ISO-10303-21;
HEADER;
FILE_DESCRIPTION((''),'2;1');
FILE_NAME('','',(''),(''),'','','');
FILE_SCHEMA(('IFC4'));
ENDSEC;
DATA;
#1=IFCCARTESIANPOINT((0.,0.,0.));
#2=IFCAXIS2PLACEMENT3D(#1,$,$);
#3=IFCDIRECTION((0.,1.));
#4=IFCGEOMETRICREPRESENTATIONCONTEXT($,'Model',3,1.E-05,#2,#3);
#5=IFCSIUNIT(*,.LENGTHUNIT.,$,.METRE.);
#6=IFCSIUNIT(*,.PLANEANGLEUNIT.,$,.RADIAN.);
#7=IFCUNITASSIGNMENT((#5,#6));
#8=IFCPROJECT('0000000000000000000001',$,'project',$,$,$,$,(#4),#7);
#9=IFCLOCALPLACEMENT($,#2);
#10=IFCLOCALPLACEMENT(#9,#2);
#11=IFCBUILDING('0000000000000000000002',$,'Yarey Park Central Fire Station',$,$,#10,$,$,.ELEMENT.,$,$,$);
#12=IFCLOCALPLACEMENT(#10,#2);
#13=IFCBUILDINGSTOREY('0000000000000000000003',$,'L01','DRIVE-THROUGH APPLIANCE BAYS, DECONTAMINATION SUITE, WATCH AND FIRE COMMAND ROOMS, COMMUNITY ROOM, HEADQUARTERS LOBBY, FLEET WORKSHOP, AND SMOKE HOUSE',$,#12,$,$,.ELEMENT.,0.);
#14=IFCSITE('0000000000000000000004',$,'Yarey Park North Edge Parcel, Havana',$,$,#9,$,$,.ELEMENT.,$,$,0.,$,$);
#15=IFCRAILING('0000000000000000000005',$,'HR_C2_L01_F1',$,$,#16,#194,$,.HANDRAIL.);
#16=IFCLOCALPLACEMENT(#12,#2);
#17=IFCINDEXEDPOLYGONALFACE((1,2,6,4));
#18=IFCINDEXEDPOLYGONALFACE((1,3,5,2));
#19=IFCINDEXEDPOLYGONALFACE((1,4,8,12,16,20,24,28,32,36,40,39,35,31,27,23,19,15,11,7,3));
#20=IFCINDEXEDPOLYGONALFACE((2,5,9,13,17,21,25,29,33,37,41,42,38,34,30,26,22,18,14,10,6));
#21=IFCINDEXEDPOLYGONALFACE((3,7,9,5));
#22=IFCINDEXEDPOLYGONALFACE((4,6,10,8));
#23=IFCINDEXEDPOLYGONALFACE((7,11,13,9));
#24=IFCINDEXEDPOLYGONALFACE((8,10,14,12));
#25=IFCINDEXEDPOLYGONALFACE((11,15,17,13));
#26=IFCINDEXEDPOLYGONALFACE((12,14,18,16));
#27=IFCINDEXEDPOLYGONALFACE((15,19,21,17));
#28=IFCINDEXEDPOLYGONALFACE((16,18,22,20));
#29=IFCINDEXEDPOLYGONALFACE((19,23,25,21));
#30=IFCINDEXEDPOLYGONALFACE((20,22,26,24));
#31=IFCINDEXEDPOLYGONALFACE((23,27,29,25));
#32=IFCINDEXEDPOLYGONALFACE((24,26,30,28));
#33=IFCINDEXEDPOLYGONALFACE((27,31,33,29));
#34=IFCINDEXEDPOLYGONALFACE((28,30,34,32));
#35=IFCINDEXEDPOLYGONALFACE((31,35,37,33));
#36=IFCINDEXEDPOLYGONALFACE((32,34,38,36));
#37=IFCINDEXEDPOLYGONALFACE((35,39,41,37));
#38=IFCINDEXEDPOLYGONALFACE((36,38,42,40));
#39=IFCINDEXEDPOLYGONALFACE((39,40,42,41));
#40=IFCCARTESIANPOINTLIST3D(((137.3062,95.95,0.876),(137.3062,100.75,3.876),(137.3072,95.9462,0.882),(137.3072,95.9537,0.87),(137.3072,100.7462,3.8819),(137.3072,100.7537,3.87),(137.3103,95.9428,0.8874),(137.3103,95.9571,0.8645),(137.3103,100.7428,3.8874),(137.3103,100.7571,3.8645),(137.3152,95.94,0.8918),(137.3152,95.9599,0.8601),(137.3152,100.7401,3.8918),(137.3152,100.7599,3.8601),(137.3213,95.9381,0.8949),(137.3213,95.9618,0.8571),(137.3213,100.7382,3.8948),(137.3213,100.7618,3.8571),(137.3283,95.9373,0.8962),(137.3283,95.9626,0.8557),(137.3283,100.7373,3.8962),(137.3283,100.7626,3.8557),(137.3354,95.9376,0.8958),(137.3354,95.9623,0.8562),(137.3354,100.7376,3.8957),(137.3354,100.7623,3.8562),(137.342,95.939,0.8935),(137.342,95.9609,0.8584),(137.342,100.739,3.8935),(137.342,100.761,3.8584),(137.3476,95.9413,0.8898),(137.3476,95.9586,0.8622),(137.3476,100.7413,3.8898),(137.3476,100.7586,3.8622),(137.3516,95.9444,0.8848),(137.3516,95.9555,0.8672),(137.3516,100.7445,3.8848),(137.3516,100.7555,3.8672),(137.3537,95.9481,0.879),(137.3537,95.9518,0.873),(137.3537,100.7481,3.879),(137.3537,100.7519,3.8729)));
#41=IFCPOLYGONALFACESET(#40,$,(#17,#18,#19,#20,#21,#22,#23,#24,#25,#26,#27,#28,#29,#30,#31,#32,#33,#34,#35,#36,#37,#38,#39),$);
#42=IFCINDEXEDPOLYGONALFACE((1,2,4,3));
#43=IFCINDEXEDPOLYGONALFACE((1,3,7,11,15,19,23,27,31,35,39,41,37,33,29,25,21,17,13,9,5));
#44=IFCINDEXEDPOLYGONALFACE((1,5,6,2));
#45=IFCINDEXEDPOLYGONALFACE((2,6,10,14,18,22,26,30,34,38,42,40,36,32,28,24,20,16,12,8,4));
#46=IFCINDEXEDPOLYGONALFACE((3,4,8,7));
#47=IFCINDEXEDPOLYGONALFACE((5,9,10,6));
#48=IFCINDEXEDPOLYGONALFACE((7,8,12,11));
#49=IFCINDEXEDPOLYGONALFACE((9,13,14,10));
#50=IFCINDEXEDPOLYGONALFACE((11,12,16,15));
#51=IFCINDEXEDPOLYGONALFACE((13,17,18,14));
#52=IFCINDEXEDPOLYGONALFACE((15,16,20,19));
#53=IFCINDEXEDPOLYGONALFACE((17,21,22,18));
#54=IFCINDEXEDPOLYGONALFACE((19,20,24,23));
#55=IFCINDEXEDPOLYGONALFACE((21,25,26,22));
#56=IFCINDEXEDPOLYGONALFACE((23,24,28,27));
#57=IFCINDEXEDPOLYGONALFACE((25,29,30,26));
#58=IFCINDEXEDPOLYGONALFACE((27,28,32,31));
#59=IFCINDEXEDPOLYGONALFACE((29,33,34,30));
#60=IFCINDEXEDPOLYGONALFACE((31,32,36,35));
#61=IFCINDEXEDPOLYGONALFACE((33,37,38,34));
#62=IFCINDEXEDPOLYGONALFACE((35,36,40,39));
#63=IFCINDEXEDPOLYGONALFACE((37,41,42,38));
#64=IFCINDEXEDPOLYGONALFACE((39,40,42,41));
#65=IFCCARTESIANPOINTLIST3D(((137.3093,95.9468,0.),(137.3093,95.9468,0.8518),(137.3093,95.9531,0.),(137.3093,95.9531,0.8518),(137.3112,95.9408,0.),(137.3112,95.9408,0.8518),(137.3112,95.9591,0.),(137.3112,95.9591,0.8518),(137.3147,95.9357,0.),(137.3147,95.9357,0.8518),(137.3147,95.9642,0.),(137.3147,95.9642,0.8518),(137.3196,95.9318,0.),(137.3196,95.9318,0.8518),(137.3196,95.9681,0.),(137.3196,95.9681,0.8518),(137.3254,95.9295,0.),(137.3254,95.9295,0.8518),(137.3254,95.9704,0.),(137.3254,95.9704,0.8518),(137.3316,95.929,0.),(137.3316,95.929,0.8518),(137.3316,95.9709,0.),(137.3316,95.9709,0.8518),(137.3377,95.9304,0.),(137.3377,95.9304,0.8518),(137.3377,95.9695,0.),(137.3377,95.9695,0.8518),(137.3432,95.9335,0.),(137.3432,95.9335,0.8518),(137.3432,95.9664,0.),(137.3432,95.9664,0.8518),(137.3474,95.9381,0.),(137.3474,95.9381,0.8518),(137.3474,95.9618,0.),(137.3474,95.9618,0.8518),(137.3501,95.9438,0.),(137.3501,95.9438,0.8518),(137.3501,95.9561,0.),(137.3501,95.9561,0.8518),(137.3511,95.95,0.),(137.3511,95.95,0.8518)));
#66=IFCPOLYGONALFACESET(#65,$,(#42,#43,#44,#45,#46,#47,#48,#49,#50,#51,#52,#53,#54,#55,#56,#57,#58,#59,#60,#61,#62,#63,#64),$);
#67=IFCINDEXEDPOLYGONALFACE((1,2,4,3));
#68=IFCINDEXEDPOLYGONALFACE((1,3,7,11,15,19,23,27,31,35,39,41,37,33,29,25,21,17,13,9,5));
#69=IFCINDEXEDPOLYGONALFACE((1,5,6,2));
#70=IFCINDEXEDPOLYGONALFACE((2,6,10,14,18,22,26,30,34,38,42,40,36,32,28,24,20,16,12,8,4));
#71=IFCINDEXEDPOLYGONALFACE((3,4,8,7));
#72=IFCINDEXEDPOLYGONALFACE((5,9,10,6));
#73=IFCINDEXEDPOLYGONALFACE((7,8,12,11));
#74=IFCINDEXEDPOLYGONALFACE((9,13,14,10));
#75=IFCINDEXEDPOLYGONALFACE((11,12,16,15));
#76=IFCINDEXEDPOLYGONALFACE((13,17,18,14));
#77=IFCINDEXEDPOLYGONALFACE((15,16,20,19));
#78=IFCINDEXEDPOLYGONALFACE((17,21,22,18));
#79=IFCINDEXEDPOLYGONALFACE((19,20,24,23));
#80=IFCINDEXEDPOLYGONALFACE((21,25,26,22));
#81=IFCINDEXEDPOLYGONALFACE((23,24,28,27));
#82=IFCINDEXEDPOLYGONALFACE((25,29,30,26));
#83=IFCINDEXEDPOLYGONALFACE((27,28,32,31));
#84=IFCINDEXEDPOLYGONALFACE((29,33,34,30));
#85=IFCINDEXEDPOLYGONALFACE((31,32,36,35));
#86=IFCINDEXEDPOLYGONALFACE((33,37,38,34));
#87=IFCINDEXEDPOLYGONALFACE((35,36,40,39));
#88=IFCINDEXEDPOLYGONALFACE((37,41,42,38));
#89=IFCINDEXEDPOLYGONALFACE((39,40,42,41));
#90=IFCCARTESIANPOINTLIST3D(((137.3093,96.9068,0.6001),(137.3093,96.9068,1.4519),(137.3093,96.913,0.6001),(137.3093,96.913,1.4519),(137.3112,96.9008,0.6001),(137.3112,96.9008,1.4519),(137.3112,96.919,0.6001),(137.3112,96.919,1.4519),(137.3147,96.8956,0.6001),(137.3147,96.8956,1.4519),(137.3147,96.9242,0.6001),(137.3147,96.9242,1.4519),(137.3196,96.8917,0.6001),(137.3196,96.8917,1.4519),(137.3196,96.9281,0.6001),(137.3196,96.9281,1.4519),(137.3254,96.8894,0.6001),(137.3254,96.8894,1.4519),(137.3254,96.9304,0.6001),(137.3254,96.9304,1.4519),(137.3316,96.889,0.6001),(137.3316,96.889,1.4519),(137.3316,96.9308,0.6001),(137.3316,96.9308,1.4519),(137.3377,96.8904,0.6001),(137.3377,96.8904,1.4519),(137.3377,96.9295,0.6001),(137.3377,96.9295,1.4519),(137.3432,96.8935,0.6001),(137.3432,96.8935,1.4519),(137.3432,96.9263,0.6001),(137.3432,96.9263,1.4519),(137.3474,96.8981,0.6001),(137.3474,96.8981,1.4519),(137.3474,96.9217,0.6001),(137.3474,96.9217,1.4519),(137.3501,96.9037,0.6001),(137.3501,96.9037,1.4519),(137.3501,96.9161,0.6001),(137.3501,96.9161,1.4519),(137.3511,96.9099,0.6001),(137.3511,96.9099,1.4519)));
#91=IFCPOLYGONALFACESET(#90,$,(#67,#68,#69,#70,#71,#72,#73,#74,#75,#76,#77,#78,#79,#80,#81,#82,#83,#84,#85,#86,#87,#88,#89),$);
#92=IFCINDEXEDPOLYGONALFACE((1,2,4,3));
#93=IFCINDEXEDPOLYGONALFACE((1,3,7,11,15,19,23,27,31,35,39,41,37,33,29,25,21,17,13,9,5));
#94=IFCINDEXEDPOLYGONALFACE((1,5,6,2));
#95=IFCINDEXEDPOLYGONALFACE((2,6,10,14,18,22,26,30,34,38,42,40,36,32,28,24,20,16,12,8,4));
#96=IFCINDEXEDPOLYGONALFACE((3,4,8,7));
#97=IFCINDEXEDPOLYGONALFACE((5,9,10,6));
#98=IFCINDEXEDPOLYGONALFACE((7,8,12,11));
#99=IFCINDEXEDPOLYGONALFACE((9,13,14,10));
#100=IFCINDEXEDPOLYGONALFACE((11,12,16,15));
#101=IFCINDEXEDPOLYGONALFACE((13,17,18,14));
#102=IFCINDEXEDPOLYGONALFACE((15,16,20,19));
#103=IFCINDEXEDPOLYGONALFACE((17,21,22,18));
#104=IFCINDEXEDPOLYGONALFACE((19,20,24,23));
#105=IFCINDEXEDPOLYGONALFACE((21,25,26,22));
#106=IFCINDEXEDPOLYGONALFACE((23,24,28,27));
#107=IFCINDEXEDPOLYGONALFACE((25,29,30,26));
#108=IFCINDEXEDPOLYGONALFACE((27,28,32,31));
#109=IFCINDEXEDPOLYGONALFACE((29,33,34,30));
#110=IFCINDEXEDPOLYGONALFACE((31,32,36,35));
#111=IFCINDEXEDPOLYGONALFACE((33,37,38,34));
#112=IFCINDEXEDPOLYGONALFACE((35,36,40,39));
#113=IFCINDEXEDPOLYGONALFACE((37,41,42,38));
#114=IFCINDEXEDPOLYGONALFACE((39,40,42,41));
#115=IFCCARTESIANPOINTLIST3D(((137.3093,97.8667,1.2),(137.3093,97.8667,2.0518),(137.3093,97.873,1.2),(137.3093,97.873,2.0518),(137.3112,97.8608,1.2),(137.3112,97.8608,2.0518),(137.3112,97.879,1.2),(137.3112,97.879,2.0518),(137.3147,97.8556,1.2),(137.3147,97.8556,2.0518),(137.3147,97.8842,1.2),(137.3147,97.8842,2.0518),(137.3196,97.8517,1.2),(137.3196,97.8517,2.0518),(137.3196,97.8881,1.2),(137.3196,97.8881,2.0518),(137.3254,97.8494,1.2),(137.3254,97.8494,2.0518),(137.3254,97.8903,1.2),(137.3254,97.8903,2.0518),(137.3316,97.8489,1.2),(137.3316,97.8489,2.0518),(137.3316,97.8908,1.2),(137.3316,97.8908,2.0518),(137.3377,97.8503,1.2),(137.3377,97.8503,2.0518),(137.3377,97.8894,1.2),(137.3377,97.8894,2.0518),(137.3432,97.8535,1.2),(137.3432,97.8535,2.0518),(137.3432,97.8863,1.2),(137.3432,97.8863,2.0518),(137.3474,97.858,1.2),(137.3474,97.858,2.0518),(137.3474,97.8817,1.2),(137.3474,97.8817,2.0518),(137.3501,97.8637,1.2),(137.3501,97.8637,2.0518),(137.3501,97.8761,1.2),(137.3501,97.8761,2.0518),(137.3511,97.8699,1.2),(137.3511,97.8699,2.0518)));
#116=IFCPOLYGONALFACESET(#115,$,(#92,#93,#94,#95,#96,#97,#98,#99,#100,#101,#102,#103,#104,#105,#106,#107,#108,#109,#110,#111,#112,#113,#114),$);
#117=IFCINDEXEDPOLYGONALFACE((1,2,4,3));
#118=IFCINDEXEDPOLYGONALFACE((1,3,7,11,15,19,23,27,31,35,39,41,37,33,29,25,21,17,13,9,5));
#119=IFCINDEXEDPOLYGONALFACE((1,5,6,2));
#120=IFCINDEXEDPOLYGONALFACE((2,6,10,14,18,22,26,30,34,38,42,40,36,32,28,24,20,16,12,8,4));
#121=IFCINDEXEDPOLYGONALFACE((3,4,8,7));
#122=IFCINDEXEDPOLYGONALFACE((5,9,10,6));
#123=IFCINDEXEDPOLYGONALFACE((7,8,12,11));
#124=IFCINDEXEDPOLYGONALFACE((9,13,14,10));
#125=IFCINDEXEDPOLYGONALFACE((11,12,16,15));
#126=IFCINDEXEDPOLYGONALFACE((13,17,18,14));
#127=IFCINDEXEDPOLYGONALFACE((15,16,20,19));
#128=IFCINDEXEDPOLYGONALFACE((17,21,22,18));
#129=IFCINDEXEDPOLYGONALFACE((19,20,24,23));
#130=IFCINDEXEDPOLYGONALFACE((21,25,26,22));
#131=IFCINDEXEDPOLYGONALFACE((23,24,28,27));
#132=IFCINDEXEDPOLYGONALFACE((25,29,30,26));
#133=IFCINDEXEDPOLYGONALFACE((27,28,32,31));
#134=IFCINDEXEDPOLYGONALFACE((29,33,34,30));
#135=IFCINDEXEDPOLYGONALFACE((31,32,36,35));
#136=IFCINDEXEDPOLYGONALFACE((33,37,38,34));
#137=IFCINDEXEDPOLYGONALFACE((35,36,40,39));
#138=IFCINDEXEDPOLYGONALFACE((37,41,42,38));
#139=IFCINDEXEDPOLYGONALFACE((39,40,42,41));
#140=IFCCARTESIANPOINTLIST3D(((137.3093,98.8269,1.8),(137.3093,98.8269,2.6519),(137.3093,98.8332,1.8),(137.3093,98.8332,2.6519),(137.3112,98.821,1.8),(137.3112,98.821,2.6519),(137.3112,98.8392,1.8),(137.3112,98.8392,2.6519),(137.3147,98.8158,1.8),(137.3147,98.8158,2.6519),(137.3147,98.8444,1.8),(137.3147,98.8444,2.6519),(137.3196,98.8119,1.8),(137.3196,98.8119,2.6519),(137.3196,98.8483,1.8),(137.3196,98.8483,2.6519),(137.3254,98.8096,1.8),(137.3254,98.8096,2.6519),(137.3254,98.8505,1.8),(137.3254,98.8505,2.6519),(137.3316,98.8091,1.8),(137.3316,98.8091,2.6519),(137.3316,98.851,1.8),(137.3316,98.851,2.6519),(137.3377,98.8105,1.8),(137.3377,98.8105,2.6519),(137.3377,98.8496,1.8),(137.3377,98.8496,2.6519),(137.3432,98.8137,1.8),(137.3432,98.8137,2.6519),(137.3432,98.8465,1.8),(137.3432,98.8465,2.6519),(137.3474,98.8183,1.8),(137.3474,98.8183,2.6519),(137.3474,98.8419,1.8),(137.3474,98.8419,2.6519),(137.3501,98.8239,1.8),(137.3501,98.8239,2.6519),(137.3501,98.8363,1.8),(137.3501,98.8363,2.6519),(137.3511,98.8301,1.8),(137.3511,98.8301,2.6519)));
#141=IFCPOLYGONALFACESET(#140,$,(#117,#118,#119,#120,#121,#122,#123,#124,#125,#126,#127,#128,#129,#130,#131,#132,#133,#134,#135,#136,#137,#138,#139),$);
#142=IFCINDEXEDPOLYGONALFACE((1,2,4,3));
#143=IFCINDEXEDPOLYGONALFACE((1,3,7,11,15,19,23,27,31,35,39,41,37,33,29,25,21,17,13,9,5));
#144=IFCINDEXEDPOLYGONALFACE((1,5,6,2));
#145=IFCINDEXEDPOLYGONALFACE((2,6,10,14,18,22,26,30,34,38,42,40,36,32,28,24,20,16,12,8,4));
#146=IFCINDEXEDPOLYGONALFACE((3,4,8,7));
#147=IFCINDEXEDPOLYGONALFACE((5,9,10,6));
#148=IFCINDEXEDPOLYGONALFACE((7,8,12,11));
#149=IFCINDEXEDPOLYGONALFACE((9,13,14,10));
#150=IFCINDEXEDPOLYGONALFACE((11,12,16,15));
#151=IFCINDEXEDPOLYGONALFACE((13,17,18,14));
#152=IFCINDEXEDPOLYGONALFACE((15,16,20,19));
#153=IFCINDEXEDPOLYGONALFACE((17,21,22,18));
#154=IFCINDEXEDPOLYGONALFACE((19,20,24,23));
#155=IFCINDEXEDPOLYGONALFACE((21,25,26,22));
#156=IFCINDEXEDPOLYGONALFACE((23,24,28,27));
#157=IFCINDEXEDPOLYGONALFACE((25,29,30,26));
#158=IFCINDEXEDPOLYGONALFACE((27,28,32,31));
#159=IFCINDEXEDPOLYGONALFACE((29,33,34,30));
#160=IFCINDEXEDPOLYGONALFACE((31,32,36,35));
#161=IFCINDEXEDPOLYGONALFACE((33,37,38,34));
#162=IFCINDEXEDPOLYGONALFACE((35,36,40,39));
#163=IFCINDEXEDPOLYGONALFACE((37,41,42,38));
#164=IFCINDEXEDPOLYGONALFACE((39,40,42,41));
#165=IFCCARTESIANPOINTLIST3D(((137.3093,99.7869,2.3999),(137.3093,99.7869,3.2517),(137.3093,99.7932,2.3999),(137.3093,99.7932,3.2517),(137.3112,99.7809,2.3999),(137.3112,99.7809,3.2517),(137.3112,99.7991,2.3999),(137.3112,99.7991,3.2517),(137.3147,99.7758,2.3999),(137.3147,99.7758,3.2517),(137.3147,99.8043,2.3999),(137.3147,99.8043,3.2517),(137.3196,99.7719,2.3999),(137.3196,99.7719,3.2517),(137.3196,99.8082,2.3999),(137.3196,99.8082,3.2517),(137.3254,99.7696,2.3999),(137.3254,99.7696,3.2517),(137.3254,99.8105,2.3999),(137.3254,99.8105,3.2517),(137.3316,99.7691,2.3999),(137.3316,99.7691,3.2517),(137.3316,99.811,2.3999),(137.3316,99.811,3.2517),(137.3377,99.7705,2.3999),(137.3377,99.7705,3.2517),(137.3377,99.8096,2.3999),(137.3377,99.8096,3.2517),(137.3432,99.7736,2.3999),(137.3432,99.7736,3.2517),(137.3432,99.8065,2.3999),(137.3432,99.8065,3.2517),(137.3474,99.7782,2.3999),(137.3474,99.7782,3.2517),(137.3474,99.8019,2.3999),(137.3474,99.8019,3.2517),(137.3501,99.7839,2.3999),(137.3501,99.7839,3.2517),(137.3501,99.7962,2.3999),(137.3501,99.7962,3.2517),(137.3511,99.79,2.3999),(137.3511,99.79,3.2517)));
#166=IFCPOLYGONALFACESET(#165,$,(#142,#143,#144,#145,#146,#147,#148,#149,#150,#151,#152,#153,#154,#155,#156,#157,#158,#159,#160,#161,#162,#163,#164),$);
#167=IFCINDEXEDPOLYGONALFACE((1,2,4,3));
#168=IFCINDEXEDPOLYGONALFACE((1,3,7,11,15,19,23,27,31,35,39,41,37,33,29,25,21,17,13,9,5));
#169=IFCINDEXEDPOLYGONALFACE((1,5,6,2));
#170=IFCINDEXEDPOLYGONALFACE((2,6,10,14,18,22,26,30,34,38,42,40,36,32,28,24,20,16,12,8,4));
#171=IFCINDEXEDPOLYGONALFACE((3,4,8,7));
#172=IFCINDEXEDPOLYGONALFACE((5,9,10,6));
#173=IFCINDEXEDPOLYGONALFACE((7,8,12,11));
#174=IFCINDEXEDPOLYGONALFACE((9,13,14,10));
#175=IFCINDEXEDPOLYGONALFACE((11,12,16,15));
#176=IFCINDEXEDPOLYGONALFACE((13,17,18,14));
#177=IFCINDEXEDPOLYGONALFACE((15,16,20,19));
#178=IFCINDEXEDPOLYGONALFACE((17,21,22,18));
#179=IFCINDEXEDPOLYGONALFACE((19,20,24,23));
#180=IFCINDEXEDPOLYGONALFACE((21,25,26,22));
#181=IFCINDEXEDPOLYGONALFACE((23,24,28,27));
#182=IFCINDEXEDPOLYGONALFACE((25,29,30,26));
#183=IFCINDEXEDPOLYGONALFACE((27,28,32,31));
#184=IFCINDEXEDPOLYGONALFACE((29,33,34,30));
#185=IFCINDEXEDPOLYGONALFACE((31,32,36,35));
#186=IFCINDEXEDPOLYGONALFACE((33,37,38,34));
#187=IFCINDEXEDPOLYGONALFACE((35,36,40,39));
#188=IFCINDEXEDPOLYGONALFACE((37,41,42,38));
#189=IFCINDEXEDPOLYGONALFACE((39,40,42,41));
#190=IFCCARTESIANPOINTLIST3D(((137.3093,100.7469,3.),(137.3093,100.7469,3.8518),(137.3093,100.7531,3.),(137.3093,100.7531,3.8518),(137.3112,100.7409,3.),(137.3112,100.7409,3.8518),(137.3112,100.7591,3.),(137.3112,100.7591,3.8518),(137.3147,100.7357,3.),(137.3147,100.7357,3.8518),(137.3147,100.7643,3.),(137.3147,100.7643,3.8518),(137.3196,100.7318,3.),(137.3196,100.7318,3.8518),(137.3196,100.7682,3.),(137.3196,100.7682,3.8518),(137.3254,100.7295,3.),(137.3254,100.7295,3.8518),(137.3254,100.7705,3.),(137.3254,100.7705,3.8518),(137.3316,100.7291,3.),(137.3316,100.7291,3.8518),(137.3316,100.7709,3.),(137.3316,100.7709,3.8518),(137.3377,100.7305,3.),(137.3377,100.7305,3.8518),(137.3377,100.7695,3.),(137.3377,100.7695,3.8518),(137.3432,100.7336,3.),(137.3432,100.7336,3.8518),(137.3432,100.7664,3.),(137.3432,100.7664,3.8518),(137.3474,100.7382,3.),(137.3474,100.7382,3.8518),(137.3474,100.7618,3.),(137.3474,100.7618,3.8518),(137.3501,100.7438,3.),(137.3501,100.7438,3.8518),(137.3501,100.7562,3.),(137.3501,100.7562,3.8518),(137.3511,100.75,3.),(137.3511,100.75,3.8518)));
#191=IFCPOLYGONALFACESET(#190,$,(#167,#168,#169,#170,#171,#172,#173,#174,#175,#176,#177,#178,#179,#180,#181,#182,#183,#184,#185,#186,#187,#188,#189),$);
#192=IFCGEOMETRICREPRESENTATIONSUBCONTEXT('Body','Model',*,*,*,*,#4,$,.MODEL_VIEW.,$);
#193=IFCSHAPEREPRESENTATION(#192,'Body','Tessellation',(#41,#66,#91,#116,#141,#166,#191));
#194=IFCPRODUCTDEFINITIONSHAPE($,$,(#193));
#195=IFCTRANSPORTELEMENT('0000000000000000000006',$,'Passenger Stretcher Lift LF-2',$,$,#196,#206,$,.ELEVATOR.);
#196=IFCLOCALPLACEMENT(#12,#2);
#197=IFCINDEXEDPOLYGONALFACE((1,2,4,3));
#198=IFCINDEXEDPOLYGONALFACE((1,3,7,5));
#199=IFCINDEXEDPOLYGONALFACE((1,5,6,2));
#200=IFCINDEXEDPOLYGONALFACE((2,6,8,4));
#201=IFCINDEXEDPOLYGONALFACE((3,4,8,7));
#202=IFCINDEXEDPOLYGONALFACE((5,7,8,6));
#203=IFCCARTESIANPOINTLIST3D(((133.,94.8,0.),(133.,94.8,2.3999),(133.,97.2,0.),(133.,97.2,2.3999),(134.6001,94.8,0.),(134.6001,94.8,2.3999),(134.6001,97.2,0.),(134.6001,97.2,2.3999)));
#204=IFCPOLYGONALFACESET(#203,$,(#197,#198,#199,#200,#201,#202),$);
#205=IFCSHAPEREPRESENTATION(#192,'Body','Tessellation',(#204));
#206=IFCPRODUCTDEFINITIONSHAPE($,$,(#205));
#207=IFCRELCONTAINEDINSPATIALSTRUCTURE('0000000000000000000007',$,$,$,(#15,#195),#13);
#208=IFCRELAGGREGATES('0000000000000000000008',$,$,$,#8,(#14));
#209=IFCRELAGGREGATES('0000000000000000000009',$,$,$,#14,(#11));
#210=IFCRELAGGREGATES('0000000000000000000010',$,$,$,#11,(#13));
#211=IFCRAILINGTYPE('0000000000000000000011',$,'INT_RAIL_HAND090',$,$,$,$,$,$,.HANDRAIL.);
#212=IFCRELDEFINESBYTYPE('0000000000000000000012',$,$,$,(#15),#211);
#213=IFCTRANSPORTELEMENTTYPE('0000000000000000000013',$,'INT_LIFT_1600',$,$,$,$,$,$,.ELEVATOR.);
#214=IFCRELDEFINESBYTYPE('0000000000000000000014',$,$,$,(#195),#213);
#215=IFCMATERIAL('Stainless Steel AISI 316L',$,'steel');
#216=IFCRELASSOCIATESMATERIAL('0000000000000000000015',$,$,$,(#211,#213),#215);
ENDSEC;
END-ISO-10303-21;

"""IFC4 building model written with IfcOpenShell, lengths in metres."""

from ifc_helpers import new_model, si_unit, direction, frame, origin, origin_2d, place, context, subcontext, project, spatial, rectangle, circle, extrude, material, type_object, element, save


model = new_model("IFC4")

# Units and contexts
model_context = context("Model", 3, precision=1e-05, world=origin(), true_north=direction((0.0, 1.0)))
body_context = subcontext(model_context, "Body", "Model", "MODEL_VIEW")
ifc_project = project(units=[si_unit("LENGTHUNIT", "METRE"), si_unit("PLANEANGLEUNIT", "RADIAN")], contexts=[model_context])

# Site, building, storey
site_placement = place(None, origin())
site = spatial("IfcSite", under=ifc_project, at=site_placement, Name="Yarey Park North Edge Parcel, Havana", CompositionType="ELEMENT", RefElevation=0.0)
building_placement = place(site_placement, origin())
building = spatial("IfcBuilding", under=site, at=building_placement, Name="Yarey Park Central Fire Station", CompositionType="ELEMENT")
storey_placement = place(building_placement, origin())
storey = spatial("IfcBuildingStorey", under=building, at=storey_placement, Name="L01", Description="DRIVE-THROUGH APPLIANCE BAYS, DECONTAMINATION SUITE, WATCH AND FIRE COMMAND ROOMS, COMMUNITY ROOM, HEADQUARTERS LOBBY, FLEET WORKSHOP, AND SMOKE HOUSE", CompositionType="ELEMENT", Elevation=0.0)

# Shared definitions
ifc_material_1 = material(Name="Stainless Steel AISI 316L", Category="steel")

# Railing
railing_type_1 = type_object("IfcRailingType", Name="INT_RAIL_HAND090", PredefinedType="HANDRAIL", material=ifc_material_1)
railing_1_placement = place(storey_placement, frame((137.3301, 95.95, 0.0)))
element("IfcRailing", 1, at=railing_1_placement, inside=storey, type_object=railing_type_1, Name="HR_C2_L01_F1", PredefinedType="HANDRAIL", context=body_context, shape_type="SweptSolid", body=[
    extrude(circle(Radius=0.0239, at=origin_2d()), frame((0.0, 0.0, 0.876), z_axis=(0.0, 0.848001, 0.529995), x_axis=(-1.0, 0.0, 0.0)), (0.0, 0.0, 1.0), 5.6604),
    extrude(circle(Radius=0.021, at=origin_2d()), origin(), (0.0, 0.0, 1.0), 0.8518),
    extrude(circle(Radius=0.021, at=origin_2d()), frame((0.0, 0.96, 0.6001)), (0.0, 0.0, 1.0), 0.8518),
    extrude(circle(Radius=0.021, at=origin_2d()), frame((0.0, 1.9199, 1.2)), (0.0, 0.0, 1.0), 0.8518),
    extrude(circle(Radius=0.021, at=origin_2d()), frame((0.0, 2.8801, 1.8)), (0.0, 0.0, 1.0), 0.8518),
    extrude(circle(Radius=0.021, at=origin_2d()), frame((0.0, 3.8401, 2.3999)), (0.0, 0.0, 1.0), 0.8518),
    extrude(circle(Radius=0.021, at=origin_2d()), frame((0.0, 4.8, 3.0)), (0.0, 0.0, 1.0), 0.8518),
])

# Transport element
transport_element_type = type_object("IfcTransportElementType", Name="INT_LIFT_1600", PredefinedType="ELEVATOR", material=ifc_material_1)
transport_element_placement = place(storey_placement, frame((133.8, 96.0, 0.0), z_axis=(0.0, 0.0, 1.0), x_axis=(1.0, 0.0, 0.0)))
element("IfcTransportElement", 2, at=transport_element_placement, inside=storey, type_object=transport_element_type, Name="Passenger Stretcher Lift LF-2", PredefinedType="ELEVATOR", context=body_context, shape_type="SweptSolid", body=[
    extrude(rectangle(XDim=1.6001, YDim=2.3999, at=origin_2d()), origin(), (0.0, 0.0, 1.0), 2.3999),
])

save(model, "model.ifc")
